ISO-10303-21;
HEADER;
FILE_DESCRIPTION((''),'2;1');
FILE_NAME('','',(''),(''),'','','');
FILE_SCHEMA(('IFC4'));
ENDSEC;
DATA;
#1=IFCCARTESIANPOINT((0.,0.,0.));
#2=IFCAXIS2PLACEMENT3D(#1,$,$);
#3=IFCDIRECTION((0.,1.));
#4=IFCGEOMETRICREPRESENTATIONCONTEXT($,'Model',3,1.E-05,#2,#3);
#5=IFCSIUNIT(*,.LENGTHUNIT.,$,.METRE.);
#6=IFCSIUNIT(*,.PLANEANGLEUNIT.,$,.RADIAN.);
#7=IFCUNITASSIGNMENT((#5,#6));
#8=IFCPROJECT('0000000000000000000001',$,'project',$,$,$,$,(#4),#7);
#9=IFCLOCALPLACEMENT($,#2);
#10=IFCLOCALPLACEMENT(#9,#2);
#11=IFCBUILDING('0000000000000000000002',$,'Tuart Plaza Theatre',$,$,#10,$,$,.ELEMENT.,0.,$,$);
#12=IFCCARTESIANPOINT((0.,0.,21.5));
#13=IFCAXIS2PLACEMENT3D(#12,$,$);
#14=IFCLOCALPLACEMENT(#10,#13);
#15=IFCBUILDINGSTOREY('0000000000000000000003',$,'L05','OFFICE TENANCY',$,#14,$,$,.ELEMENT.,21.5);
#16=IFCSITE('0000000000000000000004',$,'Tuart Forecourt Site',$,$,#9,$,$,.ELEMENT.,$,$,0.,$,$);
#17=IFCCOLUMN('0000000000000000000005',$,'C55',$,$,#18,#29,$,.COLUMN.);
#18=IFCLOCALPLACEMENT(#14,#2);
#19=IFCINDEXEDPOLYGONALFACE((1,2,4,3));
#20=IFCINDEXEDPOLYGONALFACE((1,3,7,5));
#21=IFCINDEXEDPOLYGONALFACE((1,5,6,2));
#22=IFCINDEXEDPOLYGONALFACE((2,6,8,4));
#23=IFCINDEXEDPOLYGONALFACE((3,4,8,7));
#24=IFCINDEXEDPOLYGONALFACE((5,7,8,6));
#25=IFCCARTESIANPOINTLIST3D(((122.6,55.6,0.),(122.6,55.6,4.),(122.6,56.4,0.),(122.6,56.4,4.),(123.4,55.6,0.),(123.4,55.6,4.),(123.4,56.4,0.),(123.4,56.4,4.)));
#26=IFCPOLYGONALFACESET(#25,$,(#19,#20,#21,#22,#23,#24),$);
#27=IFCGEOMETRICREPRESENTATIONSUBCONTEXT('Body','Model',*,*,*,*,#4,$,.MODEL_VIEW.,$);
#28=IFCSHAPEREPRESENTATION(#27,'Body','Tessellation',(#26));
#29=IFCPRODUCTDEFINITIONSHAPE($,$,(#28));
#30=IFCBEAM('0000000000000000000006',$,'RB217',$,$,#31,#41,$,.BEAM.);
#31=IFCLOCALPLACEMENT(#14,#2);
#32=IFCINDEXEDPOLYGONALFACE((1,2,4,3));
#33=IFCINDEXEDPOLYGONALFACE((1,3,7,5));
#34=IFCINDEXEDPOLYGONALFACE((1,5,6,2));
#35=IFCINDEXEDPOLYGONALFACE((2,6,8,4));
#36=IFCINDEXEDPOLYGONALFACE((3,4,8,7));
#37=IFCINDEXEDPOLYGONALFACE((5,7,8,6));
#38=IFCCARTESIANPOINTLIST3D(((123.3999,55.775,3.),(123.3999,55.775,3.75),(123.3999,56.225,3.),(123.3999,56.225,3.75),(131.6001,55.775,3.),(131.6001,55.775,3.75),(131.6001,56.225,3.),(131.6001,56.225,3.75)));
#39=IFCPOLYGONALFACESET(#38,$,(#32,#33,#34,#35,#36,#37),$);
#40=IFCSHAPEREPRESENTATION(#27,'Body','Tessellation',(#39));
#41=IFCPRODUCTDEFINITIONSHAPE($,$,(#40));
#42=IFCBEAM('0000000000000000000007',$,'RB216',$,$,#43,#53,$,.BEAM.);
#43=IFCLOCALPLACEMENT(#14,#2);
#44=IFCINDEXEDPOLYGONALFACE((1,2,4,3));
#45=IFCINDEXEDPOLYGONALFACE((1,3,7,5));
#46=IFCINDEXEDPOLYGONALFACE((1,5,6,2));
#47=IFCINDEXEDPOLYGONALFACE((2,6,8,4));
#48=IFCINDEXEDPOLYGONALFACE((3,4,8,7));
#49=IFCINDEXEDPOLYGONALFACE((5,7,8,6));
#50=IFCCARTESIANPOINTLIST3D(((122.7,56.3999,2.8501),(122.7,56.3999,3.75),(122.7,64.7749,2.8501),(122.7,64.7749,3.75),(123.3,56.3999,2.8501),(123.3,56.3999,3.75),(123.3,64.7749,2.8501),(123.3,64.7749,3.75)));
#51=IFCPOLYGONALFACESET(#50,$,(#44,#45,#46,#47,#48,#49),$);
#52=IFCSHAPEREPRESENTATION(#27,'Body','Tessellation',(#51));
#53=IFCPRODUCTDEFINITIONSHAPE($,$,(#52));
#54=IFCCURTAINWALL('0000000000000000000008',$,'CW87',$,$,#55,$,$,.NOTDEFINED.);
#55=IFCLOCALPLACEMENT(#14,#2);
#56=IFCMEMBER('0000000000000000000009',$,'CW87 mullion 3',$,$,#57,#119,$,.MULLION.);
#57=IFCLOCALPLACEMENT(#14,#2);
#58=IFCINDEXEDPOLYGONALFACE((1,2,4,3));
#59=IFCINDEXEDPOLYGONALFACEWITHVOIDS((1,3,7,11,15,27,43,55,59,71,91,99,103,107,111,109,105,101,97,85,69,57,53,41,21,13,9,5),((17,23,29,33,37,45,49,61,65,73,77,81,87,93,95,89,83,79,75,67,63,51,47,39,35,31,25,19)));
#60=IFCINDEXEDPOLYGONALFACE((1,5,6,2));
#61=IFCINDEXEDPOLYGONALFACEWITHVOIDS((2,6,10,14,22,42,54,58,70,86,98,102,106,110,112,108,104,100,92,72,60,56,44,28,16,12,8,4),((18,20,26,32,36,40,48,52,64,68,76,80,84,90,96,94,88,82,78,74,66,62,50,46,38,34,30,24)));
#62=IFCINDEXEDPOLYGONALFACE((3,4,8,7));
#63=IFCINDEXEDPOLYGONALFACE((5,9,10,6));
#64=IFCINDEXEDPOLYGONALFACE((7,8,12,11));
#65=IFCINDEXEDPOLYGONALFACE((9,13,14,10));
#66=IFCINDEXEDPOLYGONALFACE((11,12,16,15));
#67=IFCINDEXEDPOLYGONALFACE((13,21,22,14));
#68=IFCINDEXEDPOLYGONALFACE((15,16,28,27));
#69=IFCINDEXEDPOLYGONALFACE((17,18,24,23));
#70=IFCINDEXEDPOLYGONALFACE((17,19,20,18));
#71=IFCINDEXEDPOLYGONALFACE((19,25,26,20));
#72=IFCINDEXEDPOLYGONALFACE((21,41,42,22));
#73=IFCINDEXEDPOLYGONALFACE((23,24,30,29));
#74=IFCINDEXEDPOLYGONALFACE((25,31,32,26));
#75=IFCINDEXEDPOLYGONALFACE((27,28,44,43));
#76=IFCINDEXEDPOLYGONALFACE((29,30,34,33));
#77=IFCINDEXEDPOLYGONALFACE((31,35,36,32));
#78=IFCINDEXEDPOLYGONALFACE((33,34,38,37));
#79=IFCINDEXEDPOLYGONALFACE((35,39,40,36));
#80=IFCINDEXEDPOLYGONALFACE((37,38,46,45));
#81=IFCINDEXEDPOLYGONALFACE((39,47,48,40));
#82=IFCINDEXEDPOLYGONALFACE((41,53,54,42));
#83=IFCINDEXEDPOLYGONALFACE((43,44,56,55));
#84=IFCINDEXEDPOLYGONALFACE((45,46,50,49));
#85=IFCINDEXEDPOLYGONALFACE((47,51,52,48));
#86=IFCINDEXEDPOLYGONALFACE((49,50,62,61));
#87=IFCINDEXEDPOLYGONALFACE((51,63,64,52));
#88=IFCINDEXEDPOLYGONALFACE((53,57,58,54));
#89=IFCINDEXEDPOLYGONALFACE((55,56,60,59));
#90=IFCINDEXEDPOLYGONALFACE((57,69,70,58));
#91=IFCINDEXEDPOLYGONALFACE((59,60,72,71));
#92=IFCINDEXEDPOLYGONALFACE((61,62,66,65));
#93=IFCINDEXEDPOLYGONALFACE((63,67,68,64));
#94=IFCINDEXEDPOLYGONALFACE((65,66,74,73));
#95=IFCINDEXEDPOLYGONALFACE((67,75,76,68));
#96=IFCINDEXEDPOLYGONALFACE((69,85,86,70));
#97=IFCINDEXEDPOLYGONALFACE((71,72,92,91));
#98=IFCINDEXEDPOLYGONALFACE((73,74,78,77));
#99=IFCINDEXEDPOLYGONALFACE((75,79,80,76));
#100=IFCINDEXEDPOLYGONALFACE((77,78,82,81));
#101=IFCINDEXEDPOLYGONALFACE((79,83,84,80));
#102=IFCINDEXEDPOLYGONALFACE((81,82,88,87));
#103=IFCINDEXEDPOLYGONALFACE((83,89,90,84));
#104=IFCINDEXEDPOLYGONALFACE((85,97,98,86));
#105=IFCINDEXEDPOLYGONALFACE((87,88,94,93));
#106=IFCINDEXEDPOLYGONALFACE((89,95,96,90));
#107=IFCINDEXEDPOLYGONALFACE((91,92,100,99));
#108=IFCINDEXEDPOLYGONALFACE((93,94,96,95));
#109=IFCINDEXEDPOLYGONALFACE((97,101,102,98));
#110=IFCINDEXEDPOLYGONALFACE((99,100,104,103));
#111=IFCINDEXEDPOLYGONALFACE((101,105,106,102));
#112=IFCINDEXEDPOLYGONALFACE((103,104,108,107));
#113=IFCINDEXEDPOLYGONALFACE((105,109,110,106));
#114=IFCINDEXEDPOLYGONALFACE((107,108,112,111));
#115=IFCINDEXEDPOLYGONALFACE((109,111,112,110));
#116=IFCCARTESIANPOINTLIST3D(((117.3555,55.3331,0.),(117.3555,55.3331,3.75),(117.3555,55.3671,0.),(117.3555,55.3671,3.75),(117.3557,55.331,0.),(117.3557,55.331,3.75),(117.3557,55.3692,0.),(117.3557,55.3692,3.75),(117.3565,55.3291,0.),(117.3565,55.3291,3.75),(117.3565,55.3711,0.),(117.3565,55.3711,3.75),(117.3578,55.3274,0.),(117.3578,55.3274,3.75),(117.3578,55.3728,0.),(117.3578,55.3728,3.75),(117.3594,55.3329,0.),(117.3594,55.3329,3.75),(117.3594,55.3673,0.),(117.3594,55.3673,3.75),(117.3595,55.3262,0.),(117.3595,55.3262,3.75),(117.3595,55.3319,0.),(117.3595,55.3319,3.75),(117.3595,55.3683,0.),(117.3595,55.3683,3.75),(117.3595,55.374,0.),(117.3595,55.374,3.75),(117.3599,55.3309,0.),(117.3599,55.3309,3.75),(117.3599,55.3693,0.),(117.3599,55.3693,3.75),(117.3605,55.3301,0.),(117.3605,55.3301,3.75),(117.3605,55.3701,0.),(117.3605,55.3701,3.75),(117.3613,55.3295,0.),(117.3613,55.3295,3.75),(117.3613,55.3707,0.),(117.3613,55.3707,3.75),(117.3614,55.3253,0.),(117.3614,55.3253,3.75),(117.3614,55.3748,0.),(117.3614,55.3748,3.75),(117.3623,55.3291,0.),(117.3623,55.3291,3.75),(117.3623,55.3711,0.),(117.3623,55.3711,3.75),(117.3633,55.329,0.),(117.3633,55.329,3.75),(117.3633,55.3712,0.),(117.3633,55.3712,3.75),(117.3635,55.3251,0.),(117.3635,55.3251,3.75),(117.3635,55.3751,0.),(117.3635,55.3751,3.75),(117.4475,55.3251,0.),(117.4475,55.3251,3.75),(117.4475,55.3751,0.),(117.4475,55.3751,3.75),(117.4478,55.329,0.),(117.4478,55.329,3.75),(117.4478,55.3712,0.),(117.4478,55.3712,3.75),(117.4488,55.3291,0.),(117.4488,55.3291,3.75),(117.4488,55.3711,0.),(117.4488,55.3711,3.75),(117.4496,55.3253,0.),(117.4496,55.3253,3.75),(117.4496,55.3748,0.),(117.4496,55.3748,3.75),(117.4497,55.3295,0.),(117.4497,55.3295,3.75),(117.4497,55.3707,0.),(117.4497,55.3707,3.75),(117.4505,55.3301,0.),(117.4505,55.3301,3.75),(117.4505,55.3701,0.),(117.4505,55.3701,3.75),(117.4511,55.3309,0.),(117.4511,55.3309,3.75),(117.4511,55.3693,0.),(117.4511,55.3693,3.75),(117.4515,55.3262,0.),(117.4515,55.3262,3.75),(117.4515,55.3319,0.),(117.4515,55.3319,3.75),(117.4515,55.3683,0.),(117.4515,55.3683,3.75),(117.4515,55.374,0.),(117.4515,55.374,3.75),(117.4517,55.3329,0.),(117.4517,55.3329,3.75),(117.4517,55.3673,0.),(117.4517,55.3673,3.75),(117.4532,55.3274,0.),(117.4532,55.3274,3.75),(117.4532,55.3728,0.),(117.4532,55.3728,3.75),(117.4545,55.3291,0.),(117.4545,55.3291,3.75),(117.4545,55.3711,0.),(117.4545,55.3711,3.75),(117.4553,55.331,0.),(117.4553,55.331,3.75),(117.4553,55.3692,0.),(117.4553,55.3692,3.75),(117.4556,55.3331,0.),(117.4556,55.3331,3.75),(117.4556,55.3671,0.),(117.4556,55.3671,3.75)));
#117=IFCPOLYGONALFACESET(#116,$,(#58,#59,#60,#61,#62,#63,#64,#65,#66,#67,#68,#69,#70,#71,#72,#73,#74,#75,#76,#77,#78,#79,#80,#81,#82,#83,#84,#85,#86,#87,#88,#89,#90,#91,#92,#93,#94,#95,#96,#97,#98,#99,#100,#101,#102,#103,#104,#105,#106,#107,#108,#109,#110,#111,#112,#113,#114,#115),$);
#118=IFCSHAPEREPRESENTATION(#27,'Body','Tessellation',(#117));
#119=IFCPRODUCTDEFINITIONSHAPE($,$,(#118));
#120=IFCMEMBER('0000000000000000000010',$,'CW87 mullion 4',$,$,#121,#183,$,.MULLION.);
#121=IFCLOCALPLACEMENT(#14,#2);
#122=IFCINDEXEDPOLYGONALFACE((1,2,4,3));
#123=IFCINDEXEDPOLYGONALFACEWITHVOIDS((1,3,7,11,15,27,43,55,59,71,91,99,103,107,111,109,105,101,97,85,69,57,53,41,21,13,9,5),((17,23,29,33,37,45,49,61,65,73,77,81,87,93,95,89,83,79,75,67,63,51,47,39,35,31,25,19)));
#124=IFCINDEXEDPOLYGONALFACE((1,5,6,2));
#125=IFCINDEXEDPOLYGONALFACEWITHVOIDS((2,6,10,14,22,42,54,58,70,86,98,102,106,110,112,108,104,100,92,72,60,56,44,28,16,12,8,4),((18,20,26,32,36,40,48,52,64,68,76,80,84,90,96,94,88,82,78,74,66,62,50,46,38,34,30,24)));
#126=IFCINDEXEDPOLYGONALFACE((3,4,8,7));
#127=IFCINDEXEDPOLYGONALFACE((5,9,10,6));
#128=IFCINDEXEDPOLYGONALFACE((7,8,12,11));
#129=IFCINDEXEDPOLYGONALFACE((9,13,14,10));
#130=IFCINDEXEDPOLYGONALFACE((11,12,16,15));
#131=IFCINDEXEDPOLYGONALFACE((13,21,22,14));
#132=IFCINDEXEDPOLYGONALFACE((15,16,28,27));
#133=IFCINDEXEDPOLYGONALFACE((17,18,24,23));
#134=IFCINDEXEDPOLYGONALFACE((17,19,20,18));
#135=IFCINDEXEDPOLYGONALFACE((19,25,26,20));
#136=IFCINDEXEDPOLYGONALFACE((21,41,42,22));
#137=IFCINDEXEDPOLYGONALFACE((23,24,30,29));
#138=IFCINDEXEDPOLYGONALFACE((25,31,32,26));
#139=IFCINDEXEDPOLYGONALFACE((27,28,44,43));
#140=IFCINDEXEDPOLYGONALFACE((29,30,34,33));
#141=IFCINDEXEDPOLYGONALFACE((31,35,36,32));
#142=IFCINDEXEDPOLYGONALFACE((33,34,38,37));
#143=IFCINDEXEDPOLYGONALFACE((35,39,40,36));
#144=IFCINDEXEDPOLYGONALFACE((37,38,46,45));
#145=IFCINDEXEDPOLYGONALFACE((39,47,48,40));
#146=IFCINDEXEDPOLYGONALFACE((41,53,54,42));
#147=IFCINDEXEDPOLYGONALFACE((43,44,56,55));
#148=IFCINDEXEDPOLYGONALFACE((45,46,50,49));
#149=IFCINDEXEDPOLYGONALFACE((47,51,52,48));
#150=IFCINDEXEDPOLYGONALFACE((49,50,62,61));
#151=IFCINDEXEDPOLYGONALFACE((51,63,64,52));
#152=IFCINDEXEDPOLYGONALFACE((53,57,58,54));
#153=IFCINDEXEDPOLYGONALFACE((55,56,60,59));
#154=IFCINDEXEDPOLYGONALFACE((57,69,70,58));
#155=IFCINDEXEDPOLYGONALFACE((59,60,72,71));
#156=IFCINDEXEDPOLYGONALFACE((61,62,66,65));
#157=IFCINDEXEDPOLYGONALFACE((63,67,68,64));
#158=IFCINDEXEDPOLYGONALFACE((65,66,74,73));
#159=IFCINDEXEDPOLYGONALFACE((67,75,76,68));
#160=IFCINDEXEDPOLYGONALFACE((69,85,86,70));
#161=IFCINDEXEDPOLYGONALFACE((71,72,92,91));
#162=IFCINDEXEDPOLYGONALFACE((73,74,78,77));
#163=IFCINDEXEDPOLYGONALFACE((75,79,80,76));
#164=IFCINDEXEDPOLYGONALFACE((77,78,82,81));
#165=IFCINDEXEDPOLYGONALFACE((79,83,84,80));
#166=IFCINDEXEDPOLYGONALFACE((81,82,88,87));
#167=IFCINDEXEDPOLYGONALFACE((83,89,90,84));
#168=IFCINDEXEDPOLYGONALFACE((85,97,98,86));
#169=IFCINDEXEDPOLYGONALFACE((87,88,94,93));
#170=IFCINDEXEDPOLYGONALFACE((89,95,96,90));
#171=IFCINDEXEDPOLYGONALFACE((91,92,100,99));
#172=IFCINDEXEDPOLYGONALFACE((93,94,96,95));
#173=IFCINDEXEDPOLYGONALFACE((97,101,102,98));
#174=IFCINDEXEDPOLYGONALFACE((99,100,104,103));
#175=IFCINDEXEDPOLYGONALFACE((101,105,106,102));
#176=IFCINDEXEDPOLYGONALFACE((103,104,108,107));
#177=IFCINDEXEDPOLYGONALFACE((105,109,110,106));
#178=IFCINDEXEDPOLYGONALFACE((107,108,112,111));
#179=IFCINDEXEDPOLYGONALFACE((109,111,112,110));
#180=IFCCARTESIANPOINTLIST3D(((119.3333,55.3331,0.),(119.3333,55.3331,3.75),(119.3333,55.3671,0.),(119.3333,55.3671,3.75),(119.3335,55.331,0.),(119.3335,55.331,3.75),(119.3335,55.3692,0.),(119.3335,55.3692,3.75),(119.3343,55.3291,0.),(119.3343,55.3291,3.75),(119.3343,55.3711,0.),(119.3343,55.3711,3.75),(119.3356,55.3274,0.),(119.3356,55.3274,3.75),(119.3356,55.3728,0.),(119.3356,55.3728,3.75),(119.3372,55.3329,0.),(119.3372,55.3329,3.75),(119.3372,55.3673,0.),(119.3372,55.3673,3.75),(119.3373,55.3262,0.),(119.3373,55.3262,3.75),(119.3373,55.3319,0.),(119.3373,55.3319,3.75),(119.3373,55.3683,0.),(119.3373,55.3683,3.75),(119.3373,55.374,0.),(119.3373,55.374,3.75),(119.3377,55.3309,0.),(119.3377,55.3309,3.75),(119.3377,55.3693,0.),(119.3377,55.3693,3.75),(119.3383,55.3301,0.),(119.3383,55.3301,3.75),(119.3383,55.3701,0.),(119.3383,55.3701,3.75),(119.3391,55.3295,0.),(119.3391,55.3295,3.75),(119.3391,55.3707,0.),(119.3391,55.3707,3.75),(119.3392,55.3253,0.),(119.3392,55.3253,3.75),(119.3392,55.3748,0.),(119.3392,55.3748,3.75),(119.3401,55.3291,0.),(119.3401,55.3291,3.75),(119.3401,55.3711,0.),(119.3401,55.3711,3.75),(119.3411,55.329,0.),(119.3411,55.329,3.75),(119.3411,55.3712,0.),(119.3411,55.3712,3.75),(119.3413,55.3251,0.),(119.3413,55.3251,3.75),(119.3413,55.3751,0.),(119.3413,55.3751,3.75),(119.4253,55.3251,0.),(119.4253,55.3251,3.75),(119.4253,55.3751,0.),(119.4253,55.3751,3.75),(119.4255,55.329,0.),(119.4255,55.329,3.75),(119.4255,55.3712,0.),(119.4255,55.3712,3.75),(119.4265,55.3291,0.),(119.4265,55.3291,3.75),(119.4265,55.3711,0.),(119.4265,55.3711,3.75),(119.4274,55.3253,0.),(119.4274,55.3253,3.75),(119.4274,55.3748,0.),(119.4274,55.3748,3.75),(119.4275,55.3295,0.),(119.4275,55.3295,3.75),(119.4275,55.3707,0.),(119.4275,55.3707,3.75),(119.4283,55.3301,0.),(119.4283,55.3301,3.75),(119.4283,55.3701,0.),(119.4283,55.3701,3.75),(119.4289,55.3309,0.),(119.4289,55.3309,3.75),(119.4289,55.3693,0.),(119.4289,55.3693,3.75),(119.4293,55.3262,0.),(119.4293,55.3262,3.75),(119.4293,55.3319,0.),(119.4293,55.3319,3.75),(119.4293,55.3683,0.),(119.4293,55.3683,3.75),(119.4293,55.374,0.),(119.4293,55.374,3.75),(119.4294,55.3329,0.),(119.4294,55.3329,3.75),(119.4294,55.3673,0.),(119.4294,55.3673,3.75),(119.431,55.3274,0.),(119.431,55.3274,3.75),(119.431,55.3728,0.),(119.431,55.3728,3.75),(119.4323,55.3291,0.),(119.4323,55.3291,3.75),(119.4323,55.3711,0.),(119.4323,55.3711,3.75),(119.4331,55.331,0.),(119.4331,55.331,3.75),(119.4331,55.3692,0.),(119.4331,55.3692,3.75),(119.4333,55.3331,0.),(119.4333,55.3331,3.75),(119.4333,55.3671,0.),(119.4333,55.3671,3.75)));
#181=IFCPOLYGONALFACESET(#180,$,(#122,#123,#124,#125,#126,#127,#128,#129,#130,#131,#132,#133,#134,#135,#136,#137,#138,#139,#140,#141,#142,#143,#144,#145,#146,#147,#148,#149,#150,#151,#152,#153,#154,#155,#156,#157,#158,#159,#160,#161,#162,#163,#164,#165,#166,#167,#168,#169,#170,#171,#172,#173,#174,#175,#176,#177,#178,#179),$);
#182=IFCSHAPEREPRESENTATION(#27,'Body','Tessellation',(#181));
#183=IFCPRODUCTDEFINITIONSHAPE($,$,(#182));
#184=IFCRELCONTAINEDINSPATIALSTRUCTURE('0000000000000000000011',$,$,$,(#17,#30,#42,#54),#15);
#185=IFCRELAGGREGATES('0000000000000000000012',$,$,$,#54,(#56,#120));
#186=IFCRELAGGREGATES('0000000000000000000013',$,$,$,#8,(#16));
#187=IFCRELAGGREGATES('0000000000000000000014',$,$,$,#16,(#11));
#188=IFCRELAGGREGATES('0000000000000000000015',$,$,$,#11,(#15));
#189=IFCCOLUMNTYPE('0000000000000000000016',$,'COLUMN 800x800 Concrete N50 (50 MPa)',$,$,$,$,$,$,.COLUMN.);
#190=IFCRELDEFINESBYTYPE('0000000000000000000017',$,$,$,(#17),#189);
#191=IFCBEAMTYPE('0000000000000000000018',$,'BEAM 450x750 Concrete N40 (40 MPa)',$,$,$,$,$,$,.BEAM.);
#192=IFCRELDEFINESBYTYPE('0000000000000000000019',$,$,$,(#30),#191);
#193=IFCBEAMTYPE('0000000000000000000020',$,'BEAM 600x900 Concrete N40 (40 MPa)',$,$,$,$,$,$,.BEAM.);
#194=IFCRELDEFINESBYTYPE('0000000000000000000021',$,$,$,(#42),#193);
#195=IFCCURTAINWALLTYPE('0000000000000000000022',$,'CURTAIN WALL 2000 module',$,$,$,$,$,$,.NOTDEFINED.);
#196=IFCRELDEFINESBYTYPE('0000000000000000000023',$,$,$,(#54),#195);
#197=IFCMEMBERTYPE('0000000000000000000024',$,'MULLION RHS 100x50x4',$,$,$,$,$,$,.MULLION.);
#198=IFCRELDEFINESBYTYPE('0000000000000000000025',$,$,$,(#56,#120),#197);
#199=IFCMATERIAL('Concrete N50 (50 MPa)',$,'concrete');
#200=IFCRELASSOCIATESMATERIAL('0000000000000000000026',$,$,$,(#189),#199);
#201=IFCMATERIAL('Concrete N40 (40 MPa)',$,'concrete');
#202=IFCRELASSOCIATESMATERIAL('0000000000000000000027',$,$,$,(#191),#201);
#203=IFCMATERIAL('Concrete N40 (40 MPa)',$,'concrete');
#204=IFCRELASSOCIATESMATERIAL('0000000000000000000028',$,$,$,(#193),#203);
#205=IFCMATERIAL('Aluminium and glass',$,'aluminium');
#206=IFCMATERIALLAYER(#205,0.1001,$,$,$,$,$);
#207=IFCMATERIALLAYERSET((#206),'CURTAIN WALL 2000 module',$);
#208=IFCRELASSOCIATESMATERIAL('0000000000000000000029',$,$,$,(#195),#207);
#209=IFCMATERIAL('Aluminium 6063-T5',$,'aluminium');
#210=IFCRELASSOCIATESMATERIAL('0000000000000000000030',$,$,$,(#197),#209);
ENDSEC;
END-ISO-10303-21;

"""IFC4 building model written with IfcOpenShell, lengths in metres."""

from ifc_helpers import new_model, si_unit, direction, frame, origin, origin_2d, place, context, subcontext, project, spatial, rectangle, hollow_rectangle, extrude, material, layer, layer_set, material_profile, profile_set, type_object, element, aggregate, save


model = new_model("IFC4")

# Units and contexts
model_context = context("Model", 3, precision=1e-05, world=origin(), true_north=direction((0.0, 1.0)))
body_context = subcontext(model_context, "Body", "Model", "MODEL_VIEW")
ifc_project = project(units=[si_unit("LENGTHUNIT", "METRE"), si_unit("PLANEANGLEUNIT", "RADIAN")], contexts=[model_context])

# Site, building, storey
site_placement = place(None, origin())
site = spatial("IfcSite", under=ifc_project, at=site_placement, Name="Tuart Forecourt Site", CompositionType="ELEMENT", RefElevation=0.0)
building_placement = place(site_placement, origin())
building = spatial("IfcBuilding", under=site, at=building_placement, Name="Tuart Plaza Theatre", CompositionType="ELEMENT", ElevationOfRefHeight=0.0)
storey_placement = place(building_placement, frame((0.0, 0.0, 21.5)))
storey = spatial("IfcBuildingStorey", under=building, at=storey_placement, Name="L05", Description="OFFICE TENANCY", CompositionType="ELEMENT", Elevation=21.5)

# Column
ifc_material_1 = material(Name="Concrete N50 (50 MPa)", Category="concrete")
ifc_material_profile_1 = material_profile(ifc_material_1, rectangle(XDim=0.8, YDim=0.8, at=origin_2d()), Name="COLUMN 800x800 Concrete N50 (50 MPa)")
ifc_profile_set_1 = profile_set([ifc_material_profile_1], Name="Concrete N50 (50 MPa)")
column_type = type_object("IfcColumnType", Name="COLUMN 800x800 Concrete N50 (50 MPa)", PredefinedType="COLUMN", material=ifc_profile_set_1)
column_placement = place(storey_placement, frame((123.0, 56.0, 0.0), z_axis=(0.0, 0.0, 1.0), x_axis=(1.0, 0.0, 0.0)))
element("IfcColumn", 1, at=column_placement, inside=storey, type_object=column_type, Name="C55", PredefinedType="COLUMN", context=body_context, shape_type="SweptSolid", body=[
    extrude(rectangle(XDim=0.8, YDim=0.8, at=origin_2d()), origin(), (0.0, 0.0, 1.0), 4.0),
])

# Beams
ifc_material_2 = material(Name="Concrete N40 (40 MPa)", Category="concrete")
ifc_material_profile_2 = material_profile(ifc_material_2, rectangle(XDim=0.45, YDim=0.75, at=origin_2d()), Name="BEAM 450x750 Concrete N40 (40 MPa)")
ifc_profile_set_2 = profile_set([ifc_material_profile_2], Name="Concrete N40 (40 MPa)")
beam_type_1 = type_object("IfcBeamType", Name="BEAM 450x750 Concrete N40 (40 MPa)", PredefinedType="BEAM", material=ifc_profile_set_2)
beam_1_placement = place(storey_placement, frame((123.3999, 56.0, 3.375), z_axis=(1.0, 0.0, 0.0), x_axis=(0.0, 1.0, 0.0)))
element("IfcBeam", 2, at=beam_1_placement, inside=storey, type_object=beam_type_1, Name="RB217", PredefinedType="BEAM", context=body_context, shape_type="SweptSolid", body=[
    extrude(rectangle(XDim=0.45, YDim=0.75, at=origin_2d()), origin(), (0.0, 0.0, 1.0), 8.2002),
])
ifc_material_3 = material(Name="Concrete N40 (40 MPa)", Category="concrete")
ifc_material_profile_3 = material_profile(ifc_material_3, rectangle(XDim=0.6001, YDim=0.8999, at=origin_2d()), Name="BEAM 600x900 Concrete N40 (40 MPa)")
ifc_profile_set_3 = profile_set([ifc_material_profile_3], Name="Concrete N40 (40 MPa)")
beam_type_2 = type_object("IfcBeamType", Name="BEAM 600x900 Concrete N40 (40 MPa)", PredefinedType="BEAM", material=ifc_profile_set_3)
beam_2_placement = place(storey_placement, frame((123.0, 56.3999, 3.3), z_axis=(0.0, 1.0, 0.0), x_axis=(-1.0, 0.0, 0.0)))
element("IfcBeam", 3, at=beam_2_placement, inside=storey, type_object=beam_type_2, Name="RB216", PredefinedType="BEAM", context=body_context, shape_type="SweptSolid", body=[
    extrude(rectangle(XDim=0.6001, YDim=0.8999, at=origin_2d()), origin(), (0.0, 0.0, 1.0), 8.375),
])

# Curtain wall, members
ifc_material_4 = material(Name="Aluminium and glass", Category="aluminium")
ifc_layer_1 = layer(ifc_material_4, 0.1001)
ifc_layer_set_1 = layer_set([ifc_layer_1], Name="CURTAIN WALL 2000 module")
curtain_wall_type = type_object("IfcCurtainWallType", Name="CURTAIN WALL 2000 module", PredefinedType="NOTDEFINED", material=ifc_layer_set_1)
curtain_wall_placement = place(storey_placement, origin())
curtain_wall = element("IfcCurtainWall", 4, at=curtain_wall_placement, inside=storey, type_object=curtain_wall_type, Name="CW87", PredefinedType="NOTDEFINED")
ifc_material_5 = material(Name="Aluminium 6063-T5", Category="aluminium")
ifc_material_profile_4 = material_profile(ifc_material_5, hollow_rectangle(XDim=0.05, YDim=0.1001, WallThickness=0.0039, InnerFilletRadius=0.0039, OuterFilletRadius=0.0081, at=origin_2d()), Name="RHS 100x50x4")
ifc_profile_set_4 = profile_set([ifc_material_profile_4], Name="Aluminium 6063-T5")
member_type_1 = type_object("IfcMemberType", Name="MULLION RHS 100x50x4", PredefinedType="MULLION", material=ifc_profile_set_4)
member_1_placement = place(storey_placement, frame((117.4055, 55.3501, 0.0), z_axis=(0.0, 0.0, 1.0), x_axis=(0.0, 1.0, 0.0)))
member_1 = element("IfcMember", 5, at=member_1_placement, type_object=member_type_1, Name="CW87 mullion 3", PredefinedType="MULLION", context=body_context, shape_type="SweptSolid", body=[
    extrude(hollow_rectangle(XDim=0.05, YDim=0.1001, WallThickness=0.0039, InnerFilletRadius=0.0039, OuterFilletRadius=0.0081, at=origin_2d()), origin(), (0.0, 0.0, 1.0), 3.75),
])
member_2_placement = place(storey_placement, frame((119.3833, 55.3501, 0.0), z_axis=(0.0, 0.0, 1.0), x_axis=(0.0, 1.0, 0.0)))
member_2 = element("IfcMember", 6, at=member_2_placement, type_object=member_type_1, Name="CW87 mullion 4", PredefinedType="MULLION", context=body_context, shape_type="SweptSolid", body=[
    extrude(hollow_rectangle(XDim=0.05, YDim=0.1001, WallThickness=0.0039, InnerFilletRadius=0.0039, OuterFilletRadius=0.0081, at=origin_2d()), origin(), (0.0, 0.0, 1.0), 3.75),
])
aggregate(curtain_wall, [member_1, member_2])

save(model, "model.ifc")
